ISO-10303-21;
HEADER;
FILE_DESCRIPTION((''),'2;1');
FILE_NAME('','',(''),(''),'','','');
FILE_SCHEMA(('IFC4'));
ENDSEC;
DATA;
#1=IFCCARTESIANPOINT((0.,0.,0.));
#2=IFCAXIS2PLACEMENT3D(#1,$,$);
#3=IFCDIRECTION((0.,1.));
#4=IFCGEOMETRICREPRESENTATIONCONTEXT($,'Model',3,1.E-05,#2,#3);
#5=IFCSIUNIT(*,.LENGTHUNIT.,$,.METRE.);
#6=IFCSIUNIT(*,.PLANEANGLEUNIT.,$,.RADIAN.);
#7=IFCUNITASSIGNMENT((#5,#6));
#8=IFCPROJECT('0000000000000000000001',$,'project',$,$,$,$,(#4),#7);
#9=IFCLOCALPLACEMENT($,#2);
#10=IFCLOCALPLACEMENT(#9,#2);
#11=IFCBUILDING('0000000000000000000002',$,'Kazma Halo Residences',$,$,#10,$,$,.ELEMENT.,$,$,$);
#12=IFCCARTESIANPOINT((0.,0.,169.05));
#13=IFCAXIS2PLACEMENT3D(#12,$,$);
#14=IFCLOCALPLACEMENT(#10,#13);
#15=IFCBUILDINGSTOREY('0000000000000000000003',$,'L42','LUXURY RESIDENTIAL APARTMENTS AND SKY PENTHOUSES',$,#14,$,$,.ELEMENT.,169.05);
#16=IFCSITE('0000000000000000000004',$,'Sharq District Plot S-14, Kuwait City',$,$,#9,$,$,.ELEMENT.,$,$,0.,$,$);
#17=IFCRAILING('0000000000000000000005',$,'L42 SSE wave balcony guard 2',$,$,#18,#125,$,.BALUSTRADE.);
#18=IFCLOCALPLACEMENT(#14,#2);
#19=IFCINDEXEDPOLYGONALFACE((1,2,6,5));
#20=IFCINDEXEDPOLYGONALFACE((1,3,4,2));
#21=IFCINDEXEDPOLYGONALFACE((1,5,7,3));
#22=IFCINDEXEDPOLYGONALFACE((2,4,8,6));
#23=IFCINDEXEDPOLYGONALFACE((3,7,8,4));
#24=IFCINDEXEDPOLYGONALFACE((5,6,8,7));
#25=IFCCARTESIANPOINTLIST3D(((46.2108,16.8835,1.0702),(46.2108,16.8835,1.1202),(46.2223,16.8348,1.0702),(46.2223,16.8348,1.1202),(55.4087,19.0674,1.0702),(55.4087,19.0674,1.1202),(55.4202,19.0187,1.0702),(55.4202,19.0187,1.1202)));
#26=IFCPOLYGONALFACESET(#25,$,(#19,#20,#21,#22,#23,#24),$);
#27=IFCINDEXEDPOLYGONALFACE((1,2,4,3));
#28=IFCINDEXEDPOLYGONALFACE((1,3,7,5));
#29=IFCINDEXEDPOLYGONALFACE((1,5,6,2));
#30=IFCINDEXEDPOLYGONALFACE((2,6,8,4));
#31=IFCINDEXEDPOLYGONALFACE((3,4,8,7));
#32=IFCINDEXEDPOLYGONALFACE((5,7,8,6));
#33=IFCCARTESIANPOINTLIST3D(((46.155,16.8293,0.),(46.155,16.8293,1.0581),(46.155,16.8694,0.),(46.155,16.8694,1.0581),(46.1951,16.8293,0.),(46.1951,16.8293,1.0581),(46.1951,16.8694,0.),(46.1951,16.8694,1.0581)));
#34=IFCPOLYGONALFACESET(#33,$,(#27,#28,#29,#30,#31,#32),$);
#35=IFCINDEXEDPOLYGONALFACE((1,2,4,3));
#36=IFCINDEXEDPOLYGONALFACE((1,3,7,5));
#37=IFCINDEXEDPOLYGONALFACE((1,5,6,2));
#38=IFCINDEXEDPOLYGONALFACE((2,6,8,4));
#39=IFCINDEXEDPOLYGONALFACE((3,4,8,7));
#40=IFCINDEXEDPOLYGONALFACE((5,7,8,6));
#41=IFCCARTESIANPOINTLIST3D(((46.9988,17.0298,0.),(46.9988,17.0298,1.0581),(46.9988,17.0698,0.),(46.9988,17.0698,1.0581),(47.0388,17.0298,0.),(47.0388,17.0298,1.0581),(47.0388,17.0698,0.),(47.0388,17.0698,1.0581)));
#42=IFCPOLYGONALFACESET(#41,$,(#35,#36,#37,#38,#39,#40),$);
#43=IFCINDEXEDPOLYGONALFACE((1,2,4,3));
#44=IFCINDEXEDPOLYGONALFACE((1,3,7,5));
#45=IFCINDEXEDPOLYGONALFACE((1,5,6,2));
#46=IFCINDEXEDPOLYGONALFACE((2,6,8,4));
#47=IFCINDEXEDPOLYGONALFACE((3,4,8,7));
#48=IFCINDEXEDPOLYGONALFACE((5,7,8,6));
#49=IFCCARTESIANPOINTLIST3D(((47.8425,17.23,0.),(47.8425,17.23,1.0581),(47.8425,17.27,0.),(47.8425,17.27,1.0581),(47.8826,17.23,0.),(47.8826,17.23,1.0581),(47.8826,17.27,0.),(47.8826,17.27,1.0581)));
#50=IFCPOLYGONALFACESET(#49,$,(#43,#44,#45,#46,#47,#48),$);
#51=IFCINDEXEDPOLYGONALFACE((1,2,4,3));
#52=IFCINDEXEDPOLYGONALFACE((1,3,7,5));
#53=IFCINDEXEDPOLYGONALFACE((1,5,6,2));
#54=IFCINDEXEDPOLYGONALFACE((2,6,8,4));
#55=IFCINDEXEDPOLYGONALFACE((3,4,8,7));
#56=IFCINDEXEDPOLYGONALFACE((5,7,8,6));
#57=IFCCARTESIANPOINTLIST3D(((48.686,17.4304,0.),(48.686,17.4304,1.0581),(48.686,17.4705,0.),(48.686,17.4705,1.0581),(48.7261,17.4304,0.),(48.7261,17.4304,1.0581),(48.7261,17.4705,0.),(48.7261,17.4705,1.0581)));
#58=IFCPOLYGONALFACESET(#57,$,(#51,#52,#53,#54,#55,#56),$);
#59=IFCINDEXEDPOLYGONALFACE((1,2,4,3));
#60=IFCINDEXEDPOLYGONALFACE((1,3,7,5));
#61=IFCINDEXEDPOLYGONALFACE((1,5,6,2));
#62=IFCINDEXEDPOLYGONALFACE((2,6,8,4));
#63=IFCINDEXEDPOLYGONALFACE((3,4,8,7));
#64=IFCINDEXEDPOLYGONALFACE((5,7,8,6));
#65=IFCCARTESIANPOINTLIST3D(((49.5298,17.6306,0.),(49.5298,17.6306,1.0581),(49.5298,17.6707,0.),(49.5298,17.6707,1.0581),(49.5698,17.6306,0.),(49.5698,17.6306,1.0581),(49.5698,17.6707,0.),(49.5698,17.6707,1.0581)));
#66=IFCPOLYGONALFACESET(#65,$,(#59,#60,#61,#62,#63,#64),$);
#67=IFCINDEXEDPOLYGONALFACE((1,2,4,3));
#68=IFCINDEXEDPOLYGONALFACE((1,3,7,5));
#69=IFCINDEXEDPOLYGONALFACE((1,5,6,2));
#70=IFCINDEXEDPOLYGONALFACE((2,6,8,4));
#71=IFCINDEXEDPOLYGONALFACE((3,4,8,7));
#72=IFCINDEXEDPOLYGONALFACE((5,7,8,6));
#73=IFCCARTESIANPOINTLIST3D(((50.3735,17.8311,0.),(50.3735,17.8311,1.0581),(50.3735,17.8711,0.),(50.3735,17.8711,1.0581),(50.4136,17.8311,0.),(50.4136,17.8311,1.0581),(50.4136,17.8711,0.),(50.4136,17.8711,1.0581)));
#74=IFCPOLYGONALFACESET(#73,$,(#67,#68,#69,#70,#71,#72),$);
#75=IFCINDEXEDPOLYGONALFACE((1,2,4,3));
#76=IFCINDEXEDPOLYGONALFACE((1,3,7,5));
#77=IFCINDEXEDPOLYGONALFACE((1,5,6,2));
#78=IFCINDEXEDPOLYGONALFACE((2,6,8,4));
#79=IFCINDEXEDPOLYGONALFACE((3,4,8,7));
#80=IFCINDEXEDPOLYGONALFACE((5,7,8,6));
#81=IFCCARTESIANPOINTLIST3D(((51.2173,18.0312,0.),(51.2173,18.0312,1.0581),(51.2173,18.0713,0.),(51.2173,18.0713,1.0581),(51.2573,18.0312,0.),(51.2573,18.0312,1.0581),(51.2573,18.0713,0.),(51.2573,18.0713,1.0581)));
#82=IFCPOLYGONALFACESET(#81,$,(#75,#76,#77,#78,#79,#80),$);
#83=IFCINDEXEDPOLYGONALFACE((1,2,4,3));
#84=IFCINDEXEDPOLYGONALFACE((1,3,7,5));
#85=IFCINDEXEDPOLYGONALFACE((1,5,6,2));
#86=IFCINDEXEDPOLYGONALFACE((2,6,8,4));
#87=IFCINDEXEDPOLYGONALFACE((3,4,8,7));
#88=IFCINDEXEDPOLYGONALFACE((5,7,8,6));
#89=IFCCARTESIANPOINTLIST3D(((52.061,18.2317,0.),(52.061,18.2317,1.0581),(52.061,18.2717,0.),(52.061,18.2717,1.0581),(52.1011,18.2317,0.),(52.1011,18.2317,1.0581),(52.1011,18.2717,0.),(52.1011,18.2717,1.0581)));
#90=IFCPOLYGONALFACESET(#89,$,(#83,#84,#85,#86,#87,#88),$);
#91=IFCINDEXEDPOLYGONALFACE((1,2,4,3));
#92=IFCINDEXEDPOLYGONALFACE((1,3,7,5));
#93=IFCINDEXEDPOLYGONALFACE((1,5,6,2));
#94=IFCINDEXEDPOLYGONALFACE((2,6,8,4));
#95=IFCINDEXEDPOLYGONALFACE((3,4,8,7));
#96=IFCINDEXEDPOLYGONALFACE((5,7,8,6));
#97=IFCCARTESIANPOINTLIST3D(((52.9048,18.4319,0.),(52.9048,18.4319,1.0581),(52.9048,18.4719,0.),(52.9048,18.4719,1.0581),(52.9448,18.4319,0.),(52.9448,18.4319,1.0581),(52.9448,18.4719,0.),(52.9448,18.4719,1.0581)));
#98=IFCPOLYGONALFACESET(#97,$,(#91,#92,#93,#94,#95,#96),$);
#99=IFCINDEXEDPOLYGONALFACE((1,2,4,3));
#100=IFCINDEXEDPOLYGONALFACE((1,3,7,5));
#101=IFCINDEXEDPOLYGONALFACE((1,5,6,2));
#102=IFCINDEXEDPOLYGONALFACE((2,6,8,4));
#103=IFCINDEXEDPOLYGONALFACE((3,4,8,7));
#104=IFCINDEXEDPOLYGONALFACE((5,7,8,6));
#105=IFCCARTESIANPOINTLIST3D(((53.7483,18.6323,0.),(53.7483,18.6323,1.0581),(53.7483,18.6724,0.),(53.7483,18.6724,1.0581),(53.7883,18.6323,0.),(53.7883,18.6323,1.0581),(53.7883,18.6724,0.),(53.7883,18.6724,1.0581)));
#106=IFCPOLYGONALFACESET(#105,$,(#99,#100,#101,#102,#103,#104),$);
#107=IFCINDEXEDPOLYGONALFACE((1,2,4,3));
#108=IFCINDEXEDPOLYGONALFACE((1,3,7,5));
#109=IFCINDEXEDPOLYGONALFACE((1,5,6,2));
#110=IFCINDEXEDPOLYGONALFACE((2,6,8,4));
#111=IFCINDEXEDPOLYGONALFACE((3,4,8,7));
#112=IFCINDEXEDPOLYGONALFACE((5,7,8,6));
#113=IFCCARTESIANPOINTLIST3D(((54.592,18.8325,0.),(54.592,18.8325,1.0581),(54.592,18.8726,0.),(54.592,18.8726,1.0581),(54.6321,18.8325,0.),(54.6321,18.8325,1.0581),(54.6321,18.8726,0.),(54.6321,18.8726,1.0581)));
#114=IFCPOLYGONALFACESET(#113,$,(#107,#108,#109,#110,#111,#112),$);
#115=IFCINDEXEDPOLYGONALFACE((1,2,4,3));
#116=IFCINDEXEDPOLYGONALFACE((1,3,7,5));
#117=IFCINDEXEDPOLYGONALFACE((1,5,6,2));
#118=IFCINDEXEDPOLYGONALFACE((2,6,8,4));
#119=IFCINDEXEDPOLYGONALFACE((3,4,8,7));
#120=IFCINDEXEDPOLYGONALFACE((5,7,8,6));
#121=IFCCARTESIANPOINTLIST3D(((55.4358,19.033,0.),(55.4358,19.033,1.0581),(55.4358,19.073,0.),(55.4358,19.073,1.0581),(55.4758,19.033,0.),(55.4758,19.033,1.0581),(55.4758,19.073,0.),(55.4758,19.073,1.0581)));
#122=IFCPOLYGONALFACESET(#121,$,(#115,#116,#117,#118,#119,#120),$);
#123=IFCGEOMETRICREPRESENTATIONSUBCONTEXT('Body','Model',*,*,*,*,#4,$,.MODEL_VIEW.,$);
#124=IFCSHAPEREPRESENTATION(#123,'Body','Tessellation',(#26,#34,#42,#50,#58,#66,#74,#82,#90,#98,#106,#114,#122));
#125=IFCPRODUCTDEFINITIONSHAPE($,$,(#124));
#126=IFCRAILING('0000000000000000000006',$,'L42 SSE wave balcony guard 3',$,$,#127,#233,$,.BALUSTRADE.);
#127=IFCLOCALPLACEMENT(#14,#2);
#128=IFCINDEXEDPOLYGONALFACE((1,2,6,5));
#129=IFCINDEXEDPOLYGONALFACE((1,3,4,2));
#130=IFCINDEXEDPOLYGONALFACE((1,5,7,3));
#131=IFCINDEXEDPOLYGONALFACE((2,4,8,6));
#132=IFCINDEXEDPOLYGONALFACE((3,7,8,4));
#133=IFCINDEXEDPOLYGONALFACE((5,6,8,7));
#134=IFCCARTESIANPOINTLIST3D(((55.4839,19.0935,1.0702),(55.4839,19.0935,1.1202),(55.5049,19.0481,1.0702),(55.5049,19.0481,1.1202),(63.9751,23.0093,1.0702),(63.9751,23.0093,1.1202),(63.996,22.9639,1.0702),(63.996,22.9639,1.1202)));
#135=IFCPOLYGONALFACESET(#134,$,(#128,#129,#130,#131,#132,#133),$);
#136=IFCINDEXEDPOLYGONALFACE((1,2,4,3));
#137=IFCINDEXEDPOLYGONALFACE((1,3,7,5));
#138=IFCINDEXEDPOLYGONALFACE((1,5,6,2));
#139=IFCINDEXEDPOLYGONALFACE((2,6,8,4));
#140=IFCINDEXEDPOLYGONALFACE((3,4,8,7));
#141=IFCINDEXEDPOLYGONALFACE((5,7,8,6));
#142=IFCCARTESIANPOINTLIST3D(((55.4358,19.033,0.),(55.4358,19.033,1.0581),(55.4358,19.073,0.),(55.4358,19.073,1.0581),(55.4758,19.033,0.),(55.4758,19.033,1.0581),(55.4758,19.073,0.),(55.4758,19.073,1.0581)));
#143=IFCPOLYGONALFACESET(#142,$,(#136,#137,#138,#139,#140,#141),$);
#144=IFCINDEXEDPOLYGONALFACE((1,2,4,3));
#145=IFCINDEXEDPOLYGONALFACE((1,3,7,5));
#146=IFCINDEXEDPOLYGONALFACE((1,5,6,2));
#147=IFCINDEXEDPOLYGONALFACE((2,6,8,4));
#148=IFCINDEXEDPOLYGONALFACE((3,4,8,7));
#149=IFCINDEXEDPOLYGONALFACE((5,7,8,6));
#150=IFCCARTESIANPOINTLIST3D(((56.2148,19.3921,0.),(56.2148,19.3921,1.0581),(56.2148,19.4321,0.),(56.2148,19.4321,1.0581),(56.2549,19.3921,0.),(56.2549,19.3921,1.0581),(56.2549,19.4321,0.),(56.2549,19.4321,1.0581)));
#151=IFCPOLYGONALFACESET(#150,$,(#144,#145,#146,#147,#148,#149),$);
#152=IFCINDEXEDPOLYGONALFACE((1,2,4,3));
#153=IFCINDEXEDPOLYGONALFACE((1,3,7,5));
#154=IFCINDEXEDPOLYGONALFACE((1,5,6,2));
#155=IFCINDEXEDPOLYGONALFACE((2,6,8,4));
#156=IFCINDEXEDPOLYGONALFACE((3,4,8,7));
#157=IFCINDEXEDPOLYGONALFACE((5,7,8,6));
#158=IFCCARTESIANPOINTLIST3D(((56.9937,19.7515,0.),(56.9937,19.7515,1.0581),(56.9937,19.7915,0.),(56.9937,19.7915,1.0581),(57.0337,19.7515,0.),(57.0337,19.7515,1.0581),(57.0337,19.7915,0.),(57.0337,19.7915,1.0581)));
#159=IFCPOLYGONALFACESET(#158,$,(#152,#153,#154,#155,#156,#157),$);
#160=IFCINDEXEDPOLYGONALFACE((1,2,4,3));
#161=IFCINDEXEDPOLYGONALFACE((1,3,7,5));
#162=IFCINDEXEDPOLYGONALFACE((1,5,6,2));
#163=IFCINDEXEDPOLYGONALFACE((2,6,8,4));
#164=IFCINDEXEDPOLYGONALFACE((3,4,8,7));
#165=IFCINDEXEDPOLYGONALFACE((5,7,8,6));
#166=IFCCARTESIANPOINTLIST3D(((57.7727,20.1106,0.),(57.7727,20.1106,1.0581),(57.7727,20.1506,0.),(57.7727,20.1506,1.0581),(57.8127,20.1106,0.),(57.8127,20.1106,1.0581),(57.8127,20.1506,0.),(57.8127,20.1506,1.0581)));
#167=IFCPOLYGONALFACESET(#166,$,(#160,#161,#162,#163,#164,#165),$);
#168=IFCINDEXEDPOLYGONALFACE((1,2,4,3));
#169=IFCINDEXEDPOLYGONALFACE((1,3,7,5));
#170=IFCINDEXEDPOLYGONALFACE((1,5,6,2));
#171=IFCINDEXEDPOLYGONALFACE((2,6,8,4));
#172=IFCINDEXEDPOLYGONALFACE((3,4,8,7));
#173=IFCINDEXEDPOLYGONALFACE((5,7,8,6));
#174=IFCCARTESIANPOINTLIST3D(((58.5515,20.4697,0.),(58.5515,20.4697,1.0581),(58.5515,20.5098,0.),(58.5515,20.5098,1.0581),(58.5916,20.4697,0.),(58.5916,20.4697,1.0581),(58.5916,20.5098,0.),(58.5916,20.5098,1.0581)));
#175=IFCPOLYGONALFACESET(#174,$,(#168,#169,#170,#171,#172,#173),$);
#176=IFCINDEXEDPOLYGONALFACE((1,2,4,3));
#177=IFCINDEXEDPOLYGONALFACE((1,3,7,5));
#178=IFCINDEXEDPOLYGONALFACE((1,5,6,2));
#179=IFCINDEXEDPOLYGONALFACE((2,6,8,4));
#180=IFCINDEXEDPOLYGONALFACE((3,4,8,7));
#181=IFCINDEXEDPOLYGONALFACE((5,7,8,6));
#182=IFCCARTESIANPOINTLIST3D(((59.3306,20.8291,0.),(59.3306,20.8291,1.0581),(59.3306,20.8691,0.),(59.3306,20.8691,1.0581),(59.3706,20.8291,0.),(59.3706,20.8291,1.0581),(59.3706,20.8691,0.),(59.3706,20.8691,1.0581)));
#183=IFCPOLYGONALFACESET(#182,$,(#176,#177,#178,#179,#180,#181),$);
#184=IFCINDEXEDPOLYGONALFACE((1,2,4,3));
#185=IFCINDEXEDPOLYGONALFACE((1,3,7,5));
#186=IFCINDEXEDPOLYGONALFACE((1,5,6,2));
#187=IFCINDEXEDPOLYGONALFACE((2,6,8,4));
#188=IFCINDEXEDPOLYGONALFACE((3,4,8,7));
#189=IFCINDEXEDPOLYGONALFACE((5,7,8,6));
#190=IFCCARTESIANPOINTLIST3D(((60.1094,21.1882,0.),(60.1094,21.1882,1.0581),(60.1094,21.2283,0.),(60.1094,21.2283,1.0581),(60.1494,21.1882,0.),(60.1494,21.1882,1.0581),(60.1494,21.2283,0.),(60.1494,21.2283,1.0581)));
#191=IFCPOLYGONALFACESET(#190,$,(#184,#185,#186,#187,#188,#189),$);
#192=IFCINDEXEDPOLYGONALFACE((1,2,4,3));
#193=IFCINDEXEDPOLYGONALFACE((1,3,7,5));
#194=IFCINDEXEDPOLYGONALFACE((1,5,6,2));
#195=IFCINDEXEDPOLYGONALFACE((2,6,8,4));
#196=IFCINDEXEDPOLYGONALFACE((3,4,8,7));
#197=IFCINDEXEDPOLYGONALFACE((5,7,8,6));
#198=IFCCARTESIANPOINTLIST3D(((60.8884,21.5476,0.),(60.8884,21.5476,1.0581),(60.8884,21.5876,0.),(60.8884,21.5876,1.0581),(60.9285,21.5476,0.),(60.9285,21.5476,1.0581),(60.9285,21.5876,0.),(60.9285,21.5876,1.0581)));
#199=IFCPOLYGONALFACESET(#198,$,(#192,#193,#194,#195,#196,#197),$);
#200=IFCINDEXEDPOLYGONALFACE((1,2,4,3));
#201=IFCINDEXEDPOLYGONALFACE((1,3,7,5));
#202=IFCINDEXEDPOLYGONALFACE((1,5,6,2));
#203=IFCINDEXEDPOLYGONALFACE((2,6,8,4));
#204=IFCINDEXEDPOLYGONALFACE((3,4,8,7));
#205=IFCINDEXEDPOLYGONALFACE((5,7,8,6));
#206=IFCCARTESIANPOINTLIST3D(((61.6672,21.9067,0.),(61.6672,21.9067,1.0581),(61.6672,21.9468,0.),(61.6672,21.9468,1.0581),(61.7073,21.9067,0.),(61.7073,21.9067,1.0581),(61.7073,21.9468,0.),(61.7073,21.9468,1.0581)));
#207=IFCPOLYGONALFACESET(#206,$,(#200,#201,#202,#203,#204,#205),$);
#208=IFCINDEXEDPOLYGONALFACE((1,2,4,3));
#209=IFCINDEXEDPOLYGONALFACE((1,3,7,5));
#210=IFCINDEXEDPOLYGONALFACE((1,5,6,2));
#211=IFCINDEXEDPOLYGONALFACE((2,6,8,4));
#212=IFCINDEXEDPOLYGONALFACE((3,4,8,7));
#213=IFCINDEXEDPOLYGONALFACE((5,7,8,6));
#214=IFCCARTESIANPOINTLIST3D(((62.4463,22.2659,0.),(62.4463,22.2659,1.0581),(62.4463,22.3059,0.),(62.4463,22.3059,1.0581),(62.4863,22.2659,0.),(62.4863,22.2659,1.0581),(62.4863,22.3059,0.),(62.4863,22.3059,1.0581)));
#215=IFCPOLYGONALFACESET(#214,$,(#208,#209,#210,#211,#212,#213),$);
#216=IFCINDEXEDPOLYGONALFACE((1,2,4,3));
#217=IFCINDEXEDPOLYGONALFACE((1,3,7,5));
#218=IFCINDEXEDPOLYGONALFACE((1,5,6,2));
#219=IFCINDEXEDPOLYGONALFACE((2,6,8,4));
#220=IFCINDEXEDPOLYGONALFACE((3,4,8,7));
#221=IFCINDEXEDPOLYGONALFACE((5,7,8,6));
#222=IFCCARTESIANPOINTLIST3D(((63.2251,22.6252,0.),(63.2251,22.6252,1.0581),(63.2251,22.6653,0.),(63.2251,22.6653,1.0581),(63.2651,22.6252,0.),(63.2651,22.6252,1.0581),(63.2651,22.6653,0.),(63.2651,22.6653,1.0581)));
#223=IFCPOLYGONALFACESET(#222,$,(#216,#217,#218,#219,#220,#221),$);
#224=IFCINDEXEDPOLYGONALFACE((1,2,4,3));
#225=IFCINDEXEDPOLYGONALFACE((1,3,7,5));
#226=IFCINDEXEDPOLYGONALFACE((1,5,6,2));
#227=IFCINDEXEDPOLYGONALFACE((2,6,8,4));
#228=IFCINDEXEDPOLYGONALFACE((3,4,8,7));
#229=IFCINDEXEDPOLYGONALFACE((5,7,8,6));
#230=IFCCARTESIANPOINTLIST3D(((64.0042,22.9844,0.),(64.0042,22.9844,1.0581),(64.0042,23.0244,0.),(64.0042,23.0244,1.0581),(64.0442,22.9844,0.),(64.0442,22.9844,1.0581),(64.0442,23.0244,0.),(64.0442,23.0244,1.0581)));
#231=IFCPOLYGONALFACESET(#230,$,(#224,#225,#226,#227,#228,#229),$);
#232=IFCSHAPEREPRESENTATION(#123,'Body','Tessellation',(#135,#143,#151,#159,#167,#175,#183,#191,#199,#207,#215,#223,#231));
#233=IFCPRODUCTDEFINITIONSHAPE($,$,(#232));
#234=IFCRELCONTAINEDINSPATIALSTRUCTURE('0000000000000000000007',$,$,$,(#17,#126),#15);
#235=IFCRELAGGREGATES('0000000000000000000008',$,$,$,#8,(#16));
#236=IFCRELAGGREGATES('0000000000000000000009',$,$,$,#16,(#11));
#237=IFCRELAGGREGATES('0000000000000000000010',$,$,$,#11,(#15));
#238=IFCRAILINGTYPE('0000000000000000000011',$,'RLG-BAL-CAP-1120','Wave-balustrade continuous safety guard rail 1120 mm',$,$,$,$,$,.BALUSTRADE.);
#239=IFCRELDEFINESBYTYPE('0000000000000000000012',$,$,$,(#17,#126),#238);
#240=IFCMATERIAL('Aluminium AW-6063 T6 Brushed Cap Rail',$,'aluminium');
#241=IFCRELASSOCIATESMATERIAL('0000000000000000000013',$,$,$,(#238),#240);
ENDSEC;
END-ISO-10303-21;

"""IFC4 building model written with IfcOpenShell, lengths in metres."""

from ifc_helpers import new_model, si_unit, direction, frame, origin, origin_2d, place, context, subcontext, project, spatial, rectangle, extrude, material, type_object, element, save


model = new_model("IFC4")

# Units and contexts
model_context = context("Model", 3, precision=1e-05, world=origin(), true_north=direction((0.0, 1.0)))
body_context = subcontext(model_context, "Body", "Model", "MODEL_VIEW")
ifc_project = project(units=[si_unit("LENGTHUNIT", "METRE"), si_unit("PLANEANGLEUNIT", "RADIAN")], contexts=[model_context])

# Site, building, storey
site_placement = place(None, origin())
site = spatial("IfcSite", under=ifc_project, at=site_placement, Name="Sharq District Plot S-14, Kuwait City", CompositionType="ELEMENT", RefElevation=0.0)
building_placement = place(site_placement, origin())
building = spatial("IfcBuilding", under=site, at=building_placement, Name="Kazma Halo Residences", CompositionType="ELEMENT")
storey_placement = place(building_placement, frame((0.0, 0.0, 169.05)))
storey = spatial("IfcBuildingStorey", under=building, at=storey_placement, Name="L42", Description="LUXURY RESIDENTIAL APARTMENTS AND SKY PENTHOUSES", CompositionType="ELEMENT", Elevation=169.05)

# Railings
ifc_material_1 = material(Name="Aluminium AW-6063 T6 Brushed Cap Rail", Category="aluminium")
railing_type = type_object("IfcRailingType", Name="RLG-BAL-CAP-1120", Description="Wave-balustrade continuous safety guard rail 1120 mm", PredefinedType="BALUSTRADE", material=ifc_material_1)
railing_1_placement = place(storey_placement, frame((46.175, 16.8494, 0.0)))
element("IfcRailing", 1, at=railing_1_placement, inside=storey, type_object=railing_type, Name="L42 SSE wave balcony guard 2", PredefinedType="BALUSTRADE", context=body_context, shape_type="SweptSolid", body=[
    extrude(rectangle(XDim=0.05, YDim=0.05, at=origin_2d()), frame((0.0415, 0.0098, 1.0952), z_axis=(0.97295, 0.231016, 0.0), x_axis=(-0.231016, 0.97295, 0.0)), (0.0, 0.0, 1.0), 9.4536),
    extrude(rectangle(XDim=0.04, YDim=0.04, at=origin_2d()), origin(), (0.0, 0.0, 1.0), 1.0581),
    extrude(rectangle(XDim=0.04, YDim=0.04, at=origin_2d()), frame((0.8438, 0.2004, 0.0)), (0.0, 0.0, 1.0), 1.0581),
    extrude(rectangle(XDim=0.04, YDim=0.04, at=origin_2d()), frame((1.6875, 0.4006, 0.0)), (0.0, 0.0, 1.0), 1.0581),
    extrude(rectangle(XDim=0.04, YDim=0.04, at=origin_2d()), frame((2.531, 0.6011, 0.0)), (0.0, 0.0, 1.0), 1.0581),
    extrude(rectangle(XDim=0.04, YDim=0.04, at=origin_2d()), frame((3.3748, 0.8013, 0.0)), (0.0, 0.0, 1.0), 1.0581),
    extrude(rectangle(XDim=0.04, YDim=0.04, at=origin_2d()), frame((4.2185, 1.0017, 0.0)), (0.0, 0.0, 1.0), 1.0581),
    extrude(rectangle(XDim=0.04, YDim=0.04, at=origin_2d()), frame((5.0623, 1.2019, 0.0)), (0.0, 0.0, 1.0), 1.0581),
    extrude(rectangle(XDim=0.04, YDim=0.04, at=origin_2d()), frame((5.906, 1.4023, 0.0)), (0.0, 0.0, 1.0), 1.0581),
    extrude(rectangle(XDim=0.04, YDim=0.04, at=origin_2d()), frame((6.7498, 1.6025, 0.0)), (0.0, 0.0, 1.0), 1.0581),
    extrude(rectangle(XDim=0.04, YDim=0.04, at=origin_2d()), frame((7.5933, 1.803, 0.0)), (0.0, 0.0, 1.0), 1.0581),
    extrude(rectangle(XDim=0.04, YDim=0.04, at=origin_2d()), frame((8.437, 2.0032, 0.0)), (0.0, 0.0, 1.0), 1.0581),
    extrude(rectangle(XDim=0.04, YDim=0.04, at=origin_2d()), frame((9.2808, 2.2036, 0.0)), (0.0, 0.0, 1.0), 1.0581),
])
railing_2_placement = place(storey_placement, frame((55.4558, 19.053, 0.0)))
element("IfcRailing", 2, at=railing_2_placement, inside=storey, type_object=railing_type, Name="L42 SSE wave balcony guard 3", PredefinedType="BALUSTRADE", context=body_context, shape_type="SweptSolid", body=[
    extrude(rectangle(XDim=0.05, YDim=0.05, at=origin_2d()), frame((0.0386, 0.0178, 1.0952), z_axis=(0.908089, 0.418778, 0.0), x_axis=(-0.418778, 0.908089, 0.0)), (0.0, 0.0, 1.0), 9.3506),
    extrude(rectangle(XDim=0.04, YDim=0.04, at=origin_2d()), origin(), (0.0, 0.0, 1.0), 1.0581),
    extrude(rectangle(XDim=0.04, YDim=0.04, at=origin_2d()), frame((0.7791, 0.3591, 0.0)), (0.0, 0.0, 1.0), 1.0581),
    extrude(rectangle(XDim=0.04, YDim=0.04, at=origin_2d()), frame((1.5579, 0.7185, 0.0)), (0.0, 0.0, 1.0), 1.0581),
    extrude(rectangle(XDim=0.04, YDim=0.04, at=origin_2d()), frame((2.3369, 1.0776, 0.0)), (0.0, 0.0, 1.0), 1.0581),
    extrude(rectangle(XDim=0.04, YDim=0.04, at=origin_2d()), frame((3.1157, 1.4368, 0.0)), (0.0, 0.0, 1.0), 1.0581),
    extrude(rectangle(XDim=0.04, YDim=0.04, at=origin_2d()), frame((3.8948, 1.7961, 0.0)), (0.0, 0.0, 1.0), 1.0581),
    extrude(rectangle(XDim=0.04, YDim=0.04, at=origin_2d()), frame((4.6736, 2.1553, 0.0)), (0.0, 0.0, 1.0), 1.0581),
    extrude(rectangle(XDim=0.04, YDim=0.04, at=origin_2d()), frame((5.4526, 2.5146, 0.0)), (0.0, 0.0, 1.0), 1.0581),
    extrude(rectangle(XDim=0.04, YDim=0.04, at=origin_2d()), frame((6.2314, 2.8738, 0.0)), (0.0, 0.0, 1.0), 1.0581),
    extrude(rectangle(XDim=0.04, YDim=0.04, at=origin_2d()), frame((7.0105, 3.2329, 0.0)), (0.0, 0.0, 1.0), 1.0581),
    extrude(rectangle(XDim=0.04, YDim=0.04, at=origin_2d()), frame((7.7893, 3.5923, 0.0)), (0.0, 0.0, 1.0), 1.0581),
    extrude(rectangle(XDim=0.04, YDim=0.04, at=origin_2d()), frame((8.5684, 3.9514, 0.0)), (0.0, 0.0, 1.0), 1.0581),
])

save(model, "model.ifc")
